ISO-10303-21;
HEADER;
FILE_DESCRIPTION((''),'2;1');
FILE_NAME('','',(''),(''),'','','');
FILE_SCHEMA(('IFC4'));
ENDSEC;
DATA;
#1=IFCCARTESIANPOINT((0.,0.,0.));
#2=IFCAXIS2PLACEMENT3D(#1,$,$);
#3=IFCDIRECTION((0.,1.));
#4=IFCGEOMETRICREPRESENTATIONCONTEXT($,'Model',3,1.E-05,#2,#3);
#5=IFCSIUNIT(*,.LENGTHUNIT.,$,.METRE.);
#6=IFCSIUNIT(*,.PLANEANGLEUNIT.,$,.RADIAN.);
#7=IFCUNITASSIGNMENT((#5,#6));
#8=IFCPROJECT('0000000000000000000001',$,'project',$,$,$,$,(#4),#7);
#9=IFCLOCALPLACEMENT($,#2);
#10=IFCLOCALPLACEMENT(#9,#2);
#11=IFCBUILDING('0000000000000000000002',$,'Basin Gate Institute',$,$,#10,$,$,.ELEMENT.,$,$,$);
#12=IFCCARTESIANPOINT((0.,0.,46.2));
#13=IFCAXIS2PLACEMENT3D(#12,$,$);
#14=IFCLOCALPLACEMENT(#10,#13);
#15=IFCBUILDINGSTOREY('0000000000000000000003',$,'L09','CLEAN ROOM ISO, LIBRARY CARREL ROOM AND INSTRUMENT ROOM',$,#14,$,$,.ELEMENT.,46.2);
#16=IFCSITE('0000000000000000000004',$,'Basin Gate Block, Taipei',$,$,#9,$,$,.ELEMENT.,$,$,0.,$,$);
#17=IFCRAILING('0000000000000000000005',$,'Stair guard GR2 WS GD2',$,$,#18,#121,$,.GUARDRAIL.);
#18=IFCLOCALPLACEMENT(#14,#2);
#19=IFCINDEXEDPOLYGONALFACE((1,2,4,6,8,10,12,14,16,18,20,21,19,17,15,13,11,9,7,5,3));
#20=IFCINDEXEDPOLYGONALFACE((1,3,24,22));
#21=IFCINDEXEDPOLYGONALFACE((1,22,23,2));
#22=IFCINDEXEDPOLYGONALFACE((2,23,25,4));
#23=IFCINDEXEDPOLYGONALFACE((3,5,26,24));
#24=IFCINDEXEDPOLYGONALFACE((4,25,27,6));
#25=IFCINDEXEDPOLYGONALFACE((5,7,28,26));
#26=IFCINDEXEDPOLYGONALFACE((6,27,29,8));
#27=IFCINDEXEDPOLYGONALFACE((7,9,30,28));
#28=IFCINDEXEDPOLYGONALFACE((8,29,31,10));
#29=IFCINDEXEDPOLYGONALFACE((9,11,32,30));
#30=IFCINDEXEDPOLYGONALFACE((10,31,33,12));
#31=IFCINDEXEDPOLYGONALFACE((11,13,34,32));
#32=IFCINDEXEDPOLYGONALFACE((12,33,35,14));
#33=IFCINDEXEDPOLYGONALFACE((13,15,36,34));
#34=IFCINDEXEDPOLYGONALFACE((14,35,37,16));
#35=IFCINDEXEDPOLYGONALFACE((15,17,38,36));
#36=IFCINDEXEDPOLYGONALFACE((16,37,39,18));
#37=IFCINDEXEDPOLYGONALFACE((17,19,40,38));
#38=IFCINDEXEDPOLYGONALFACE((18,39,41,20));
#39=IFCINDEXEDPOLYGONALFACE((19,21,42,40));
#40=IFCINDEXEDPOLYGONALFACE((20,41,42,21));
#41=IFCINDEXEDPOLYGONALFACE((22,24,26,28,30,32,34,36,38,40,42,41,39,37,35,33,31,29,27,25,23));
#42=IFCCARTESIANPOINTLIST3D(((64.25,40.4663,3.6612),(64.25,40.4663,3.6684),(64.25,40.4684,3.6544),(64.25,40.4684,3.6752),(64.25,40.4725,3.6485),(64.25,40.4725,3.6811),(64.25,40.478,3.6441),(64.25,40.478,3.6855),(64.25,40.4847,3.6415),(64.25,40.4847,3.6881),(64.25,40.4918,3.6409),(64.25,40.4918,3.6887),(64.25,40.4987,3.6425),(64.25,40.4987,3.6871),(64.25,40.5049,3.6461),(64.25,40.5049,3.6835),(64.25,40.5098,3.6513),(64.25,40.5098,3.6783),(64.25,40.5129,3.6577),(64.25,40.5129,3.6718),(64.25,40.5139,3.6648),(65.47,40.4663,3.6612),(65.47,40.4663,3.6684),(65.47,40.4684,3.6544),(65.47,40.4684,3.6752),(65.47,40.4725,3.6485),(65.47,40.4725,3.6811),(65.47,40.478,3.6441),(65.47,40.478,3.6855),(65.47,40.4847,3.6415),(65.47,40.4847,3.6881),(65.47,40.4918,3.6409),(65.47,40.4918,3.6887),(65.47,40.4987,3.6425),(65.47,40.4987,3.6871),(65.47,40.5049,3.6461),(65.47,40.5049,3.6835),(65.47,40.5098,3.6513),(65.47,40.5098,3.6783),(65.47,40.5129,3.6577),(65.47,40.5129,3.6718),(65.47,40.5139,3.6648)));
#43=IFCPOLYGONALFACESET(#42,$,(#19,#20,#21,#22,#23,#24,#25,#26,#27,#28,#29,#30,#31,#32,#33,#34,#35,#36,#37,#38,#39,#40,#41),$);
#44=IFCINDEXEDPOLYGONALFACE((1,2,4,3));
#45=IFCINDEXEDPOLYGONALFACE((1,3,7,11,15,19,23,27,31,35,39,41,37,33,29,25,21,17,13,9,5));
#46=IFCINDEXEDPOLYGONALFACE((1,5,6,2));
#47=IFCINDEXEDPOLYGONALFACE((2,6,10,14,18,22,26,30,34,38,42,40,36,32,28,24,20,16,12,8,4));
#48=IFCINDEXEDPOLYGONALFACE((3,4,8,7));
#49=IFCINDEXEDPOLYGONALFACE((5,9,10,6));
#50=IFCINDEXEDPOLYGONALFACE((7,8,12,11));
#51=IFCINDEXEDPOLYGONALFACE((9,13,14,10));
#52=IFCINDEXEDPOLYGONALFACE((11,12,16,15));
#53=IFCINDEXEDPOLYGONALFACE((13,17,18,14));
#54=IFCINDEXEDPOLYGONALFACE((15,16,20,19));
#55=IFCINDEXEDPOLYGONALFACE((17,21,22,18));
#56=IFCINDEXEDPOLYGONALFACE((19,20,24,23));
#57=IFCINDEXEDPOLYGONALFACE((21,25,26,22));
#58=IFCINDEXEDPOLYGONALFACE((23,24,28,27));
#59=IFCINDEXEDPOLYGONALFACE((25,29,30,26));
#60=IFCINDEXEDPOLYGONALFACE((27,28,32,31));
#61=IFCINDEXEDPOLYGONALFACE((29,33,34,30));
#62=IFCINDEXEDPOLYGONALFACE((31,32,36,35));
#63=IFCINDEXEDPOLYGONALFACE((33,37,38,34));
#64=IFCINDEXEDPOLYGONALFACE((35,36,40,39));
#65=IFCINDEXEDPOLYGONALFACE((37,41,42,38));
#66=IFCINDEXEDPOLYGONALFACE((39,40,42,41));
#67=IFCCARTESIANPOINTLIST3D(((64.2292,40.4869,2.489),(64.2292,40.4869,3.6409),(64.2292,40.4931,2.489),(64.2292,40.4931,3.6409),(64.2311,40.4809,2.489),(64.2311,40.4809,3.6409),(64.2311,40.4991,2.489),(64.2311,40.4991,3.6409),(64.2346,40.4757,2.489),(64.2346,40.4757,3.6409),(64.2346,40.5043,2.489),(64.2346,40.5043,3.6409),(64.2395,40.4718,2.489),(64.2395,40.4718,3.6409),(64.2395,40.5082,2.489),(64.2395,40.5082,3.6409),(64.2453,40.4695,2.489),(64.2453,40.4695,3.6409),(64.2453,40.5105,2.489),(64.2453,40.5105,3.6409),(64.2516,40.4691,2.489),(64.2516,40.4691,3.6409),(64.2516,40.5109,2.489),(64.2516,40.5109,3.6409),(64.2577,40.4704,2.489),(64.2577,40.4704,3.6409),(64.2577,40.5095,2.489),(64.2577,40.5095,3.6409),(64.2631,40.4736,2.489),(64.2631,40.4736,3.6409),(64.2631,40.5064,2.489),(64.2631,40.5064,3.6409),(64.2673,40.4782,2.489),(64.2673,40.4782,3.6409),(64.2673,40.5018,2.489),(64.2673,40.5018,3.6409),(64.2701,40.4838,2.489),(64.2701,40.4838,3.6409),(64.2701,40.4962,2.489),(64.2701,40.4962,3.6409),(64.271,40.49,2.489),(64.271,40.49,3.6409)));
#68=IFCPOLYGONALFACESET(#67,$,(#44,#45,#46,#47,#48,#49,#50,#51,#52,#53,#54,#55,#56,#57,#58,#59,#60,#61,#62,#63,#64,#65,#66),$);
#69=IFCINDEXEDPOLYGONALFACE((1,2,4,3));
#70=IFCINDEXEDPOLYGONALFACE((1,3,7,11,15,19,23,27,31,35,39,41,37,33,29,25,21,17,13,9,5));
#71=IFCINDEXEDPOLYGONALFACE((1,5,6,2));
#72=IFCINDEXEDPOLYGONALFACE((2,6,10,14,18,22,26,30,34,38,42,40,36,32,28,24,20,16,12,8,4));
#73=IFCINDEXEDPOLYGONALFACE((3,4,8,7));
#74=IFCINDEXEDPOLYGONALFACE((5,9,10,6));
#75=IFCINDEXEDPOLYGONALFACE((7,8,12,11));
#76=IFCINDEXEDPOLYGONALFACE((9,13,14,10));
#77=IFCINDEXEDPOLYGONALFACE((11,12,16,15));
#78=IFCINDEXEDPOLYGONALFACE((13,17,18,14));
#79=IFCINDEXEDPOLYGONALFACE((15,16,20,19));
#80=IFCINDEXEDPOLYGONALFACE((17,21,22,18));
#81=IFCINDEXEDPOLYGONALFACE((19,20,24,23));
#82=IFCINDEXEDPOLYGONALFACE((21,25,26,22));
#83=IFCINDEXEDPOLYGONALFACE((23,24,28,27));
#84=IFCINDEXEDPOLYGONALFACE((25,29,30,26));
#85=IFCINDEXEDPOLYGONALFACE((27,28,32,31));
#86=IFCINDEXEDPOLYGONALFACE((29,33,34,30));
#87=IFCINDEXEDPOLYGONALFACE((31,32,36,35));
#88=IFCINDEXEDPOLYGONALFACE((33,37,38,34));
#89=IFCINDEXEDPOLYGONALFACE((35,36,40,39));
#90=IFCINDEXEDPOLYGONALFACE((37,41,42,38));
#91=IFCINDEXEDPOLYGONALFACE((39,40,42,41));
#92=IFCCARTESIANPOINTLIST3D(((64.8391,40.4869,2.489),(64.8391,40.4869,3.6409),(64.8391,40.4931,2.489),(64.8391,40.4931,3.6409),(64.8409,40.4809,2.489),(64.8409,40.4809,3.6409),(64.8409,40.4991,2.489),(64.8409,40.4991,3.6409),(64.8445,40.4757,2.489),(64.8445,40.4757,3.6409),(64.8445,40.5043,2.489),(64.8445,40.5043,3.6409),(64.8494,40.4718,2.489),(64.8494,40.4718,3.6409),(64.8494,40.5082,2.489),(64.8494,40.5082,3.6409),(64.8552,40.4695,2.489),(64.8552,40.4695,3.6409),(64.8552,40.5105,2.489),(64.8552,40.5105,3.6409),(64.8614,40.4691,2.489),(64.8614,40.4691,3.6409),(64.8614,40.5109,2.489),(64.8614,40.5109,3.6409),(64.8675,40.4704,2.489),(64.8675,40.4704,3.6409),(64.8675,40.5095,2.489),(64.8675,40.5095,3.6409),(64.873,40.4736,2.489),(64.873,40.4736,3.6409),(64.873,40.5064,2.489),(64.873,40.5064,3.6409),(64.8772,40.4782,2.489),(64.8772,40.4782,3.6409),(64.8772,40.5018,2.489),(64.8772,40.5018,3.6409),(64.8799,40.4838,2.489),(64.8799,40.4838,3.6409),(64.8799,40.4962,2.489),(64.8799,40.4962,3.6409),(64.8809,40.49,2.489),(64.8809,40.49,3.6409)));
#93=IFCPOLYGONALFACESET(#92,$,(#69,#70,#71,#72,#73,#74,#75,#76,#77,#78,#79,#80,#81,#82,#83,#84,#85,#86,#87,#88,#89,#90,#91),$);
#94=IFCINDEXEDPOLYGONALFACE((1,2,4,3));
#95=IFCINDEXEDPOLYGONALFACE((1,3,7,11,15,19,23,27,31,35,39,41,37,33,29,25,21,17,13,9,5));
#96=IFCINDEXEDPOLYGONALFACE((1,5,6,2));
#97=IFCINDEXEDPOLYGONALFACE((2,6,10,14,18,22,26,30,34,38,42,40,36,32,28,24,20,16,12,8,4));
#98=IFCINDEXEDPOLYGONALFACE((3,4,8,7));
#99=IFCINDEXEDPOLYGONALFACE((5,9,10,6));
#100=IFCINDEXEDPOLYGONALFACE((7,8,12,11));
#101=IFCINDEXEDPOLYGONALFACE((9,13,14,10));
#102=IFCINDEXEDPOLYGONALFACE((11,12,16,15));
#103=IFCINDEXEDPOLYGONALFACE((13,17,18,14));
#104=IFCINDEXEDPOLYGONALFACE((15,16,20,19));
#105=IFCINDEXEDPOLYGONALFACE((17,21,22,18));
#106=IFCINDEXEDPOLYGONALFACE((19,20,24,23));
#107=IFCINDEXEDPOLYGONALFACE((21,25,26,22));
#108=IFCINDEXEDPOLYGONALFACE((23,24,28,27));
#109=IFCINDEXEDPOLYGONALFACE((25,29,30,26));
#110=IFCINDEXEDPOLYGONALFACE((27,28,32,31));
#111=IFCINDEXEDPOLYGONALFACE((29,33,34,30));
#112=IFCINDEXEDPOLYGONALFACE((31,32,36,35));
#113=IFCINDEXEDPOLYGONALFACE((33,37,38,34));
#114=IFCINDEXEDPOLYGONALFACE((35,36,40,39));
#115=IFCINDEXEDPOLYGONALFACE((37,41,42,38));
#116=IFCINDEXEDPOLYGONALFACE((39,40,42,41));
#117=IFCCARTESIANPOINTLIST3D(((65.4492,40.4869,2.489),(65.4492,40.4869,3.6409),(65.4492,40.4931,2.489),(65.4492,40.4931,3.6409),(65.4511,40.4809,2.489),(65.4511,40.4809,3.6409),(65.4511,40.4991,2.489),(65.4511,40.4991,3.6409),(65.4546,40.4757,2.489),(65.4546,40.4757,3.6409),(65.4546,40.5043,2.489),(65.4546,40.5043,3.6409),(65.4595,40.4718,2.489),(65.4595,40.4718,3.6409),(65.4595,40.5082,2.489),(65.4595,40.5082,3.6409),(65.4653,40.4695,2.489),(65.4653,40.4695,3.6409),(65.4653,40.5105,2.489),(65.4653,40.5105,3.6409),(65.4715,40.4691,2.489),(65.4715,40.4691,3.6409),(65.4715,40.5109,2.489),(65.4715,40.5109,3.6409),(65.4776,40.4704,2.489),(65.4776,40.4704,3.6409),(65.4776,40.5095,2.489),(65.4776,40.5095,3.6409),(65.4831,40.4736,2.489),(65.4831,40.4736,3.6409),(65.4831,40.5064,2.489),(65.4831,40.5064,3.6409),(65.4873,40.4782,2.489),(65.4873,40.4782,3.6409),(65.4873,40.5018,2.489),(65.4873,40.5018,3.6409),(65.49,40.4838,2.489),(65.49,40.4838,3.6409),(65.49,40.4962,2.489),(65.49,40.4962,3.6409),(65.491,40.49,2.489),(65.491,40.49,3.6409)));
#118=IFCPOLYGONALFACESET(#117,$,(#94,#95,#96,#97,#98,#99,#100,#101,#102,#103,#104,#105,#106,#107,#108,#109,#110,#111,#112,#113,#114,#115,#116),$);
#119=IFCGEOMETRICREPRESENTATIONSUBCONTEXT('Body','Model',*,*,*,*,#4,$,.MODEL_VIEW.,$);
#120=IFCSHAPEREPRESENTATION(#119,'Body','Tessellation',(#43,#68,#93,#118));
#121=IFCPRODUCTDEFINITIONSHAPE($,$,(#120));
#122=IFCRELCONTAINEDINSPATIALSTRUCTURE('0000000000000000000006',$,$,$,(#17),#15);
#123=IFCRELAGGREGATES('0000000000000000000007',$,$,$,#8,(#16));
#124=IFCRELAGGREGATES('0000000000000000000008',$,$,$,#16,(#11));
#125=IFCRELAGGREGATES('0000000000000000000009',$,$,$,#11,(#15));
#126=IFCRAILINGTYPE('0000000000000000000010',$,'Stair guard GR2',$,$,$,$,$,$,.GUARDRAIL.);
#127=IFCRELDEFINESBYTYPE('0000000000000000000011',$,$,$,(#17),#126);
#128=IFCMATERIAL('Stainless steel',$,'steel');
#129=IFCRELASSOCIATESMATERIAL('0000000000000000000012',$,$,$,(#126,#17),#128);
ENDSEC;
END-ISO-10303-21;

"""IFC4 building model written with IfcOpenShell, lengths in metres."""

from ifc_helpers import new_model, si_unit, direction, frame, origin, origin_2d, place, context, subcontext, project, spatial, circle, extrude, material, type_object, element, save


model = new_model("IFC4")

# Units and contexts
model_context = context("Model", 3, precision=1e-05, world=origin(), true_north=direction((0.0, 1.0)))
body_context = subcontext(model_context, "Body", "Model", "MODEL_VIEW")
ifc_project = project(units=[si_unit("LENGTHUNIT", "METRE"), si_unit("PLANEANGLEUNIT", "RADIAN")], contexts=[model_context])

# Site, building, storey
site_placement = place(None, origin())
site = spatial("IfcSite", under=ifc_project, at=site_placement, Name="Basin Gate Block, Taipei", CompositionType="ELEMENT", RefElevation=0.0)
building_placement = place(site_placement, origin())
building = spatial("IfcBuilding", under=site, at=building_placement, Name="Basin Gate Institute", CompositionType="ELEMENT")
storey_placement = place(building_placement, frame((0.0, 0.0, 46.2)))
storey = spatial("IfcBuildingStorey", under=building, at=storey_placement, Name="L09", Description="CLEAN ROOM ISO, LIBRARY CARREL ROOM AND INSTRUMENT ROOM", CompositionType="ELEMENT", Elevation=46.2)

# Railing
ifc_material_1 = material(Name="Stainless steel", Category="steel")
railing_type_1 = type_object("IfcRailingType", Name="Stair guard GR2", PredefinedType="GUARDRAIL", material=ifc_material_1)
railing_1_placement = place(storey_placement, frame((64.25, 40.49, 2.489)))
element("IfcRailing", 1, at=railing_1_placement, inside=storey, type_object=railing_type_1, material=ifc_material_1, Name="Stair guard GR2 WS GD2", PredefinedType="GUARDRAIL", context=body_context, shape_type="SweptSolid", body=[
    extrude(circle(Radius=0.0239, at=origin_2d()), frame((0.0, 0.0, 1.1758), z_axis=(1.0, 0.0, 0.0), x_axis=(0.0, 1.0, 0.0)), (0.0, 0.0, 1.0), 1.22),
    extrude(circle(Radius=0.021, at=origin_2d()), origin(), (0.0, 0.0, 1.0), 1.1519),
    extrude(circle(Radius=0.021, at=origin_2d()), frame((0.6099, 0.0, 0.0)), (0.0, 0.0, 1.0), 1.1519),
    extrude(circle(Radius=0.021, at=origin_2d()), frame((1.22, 0.0, 0.0)), (0.0, 0.0, 1.0), 1.1519),
])

save(model, "model.ifc")
